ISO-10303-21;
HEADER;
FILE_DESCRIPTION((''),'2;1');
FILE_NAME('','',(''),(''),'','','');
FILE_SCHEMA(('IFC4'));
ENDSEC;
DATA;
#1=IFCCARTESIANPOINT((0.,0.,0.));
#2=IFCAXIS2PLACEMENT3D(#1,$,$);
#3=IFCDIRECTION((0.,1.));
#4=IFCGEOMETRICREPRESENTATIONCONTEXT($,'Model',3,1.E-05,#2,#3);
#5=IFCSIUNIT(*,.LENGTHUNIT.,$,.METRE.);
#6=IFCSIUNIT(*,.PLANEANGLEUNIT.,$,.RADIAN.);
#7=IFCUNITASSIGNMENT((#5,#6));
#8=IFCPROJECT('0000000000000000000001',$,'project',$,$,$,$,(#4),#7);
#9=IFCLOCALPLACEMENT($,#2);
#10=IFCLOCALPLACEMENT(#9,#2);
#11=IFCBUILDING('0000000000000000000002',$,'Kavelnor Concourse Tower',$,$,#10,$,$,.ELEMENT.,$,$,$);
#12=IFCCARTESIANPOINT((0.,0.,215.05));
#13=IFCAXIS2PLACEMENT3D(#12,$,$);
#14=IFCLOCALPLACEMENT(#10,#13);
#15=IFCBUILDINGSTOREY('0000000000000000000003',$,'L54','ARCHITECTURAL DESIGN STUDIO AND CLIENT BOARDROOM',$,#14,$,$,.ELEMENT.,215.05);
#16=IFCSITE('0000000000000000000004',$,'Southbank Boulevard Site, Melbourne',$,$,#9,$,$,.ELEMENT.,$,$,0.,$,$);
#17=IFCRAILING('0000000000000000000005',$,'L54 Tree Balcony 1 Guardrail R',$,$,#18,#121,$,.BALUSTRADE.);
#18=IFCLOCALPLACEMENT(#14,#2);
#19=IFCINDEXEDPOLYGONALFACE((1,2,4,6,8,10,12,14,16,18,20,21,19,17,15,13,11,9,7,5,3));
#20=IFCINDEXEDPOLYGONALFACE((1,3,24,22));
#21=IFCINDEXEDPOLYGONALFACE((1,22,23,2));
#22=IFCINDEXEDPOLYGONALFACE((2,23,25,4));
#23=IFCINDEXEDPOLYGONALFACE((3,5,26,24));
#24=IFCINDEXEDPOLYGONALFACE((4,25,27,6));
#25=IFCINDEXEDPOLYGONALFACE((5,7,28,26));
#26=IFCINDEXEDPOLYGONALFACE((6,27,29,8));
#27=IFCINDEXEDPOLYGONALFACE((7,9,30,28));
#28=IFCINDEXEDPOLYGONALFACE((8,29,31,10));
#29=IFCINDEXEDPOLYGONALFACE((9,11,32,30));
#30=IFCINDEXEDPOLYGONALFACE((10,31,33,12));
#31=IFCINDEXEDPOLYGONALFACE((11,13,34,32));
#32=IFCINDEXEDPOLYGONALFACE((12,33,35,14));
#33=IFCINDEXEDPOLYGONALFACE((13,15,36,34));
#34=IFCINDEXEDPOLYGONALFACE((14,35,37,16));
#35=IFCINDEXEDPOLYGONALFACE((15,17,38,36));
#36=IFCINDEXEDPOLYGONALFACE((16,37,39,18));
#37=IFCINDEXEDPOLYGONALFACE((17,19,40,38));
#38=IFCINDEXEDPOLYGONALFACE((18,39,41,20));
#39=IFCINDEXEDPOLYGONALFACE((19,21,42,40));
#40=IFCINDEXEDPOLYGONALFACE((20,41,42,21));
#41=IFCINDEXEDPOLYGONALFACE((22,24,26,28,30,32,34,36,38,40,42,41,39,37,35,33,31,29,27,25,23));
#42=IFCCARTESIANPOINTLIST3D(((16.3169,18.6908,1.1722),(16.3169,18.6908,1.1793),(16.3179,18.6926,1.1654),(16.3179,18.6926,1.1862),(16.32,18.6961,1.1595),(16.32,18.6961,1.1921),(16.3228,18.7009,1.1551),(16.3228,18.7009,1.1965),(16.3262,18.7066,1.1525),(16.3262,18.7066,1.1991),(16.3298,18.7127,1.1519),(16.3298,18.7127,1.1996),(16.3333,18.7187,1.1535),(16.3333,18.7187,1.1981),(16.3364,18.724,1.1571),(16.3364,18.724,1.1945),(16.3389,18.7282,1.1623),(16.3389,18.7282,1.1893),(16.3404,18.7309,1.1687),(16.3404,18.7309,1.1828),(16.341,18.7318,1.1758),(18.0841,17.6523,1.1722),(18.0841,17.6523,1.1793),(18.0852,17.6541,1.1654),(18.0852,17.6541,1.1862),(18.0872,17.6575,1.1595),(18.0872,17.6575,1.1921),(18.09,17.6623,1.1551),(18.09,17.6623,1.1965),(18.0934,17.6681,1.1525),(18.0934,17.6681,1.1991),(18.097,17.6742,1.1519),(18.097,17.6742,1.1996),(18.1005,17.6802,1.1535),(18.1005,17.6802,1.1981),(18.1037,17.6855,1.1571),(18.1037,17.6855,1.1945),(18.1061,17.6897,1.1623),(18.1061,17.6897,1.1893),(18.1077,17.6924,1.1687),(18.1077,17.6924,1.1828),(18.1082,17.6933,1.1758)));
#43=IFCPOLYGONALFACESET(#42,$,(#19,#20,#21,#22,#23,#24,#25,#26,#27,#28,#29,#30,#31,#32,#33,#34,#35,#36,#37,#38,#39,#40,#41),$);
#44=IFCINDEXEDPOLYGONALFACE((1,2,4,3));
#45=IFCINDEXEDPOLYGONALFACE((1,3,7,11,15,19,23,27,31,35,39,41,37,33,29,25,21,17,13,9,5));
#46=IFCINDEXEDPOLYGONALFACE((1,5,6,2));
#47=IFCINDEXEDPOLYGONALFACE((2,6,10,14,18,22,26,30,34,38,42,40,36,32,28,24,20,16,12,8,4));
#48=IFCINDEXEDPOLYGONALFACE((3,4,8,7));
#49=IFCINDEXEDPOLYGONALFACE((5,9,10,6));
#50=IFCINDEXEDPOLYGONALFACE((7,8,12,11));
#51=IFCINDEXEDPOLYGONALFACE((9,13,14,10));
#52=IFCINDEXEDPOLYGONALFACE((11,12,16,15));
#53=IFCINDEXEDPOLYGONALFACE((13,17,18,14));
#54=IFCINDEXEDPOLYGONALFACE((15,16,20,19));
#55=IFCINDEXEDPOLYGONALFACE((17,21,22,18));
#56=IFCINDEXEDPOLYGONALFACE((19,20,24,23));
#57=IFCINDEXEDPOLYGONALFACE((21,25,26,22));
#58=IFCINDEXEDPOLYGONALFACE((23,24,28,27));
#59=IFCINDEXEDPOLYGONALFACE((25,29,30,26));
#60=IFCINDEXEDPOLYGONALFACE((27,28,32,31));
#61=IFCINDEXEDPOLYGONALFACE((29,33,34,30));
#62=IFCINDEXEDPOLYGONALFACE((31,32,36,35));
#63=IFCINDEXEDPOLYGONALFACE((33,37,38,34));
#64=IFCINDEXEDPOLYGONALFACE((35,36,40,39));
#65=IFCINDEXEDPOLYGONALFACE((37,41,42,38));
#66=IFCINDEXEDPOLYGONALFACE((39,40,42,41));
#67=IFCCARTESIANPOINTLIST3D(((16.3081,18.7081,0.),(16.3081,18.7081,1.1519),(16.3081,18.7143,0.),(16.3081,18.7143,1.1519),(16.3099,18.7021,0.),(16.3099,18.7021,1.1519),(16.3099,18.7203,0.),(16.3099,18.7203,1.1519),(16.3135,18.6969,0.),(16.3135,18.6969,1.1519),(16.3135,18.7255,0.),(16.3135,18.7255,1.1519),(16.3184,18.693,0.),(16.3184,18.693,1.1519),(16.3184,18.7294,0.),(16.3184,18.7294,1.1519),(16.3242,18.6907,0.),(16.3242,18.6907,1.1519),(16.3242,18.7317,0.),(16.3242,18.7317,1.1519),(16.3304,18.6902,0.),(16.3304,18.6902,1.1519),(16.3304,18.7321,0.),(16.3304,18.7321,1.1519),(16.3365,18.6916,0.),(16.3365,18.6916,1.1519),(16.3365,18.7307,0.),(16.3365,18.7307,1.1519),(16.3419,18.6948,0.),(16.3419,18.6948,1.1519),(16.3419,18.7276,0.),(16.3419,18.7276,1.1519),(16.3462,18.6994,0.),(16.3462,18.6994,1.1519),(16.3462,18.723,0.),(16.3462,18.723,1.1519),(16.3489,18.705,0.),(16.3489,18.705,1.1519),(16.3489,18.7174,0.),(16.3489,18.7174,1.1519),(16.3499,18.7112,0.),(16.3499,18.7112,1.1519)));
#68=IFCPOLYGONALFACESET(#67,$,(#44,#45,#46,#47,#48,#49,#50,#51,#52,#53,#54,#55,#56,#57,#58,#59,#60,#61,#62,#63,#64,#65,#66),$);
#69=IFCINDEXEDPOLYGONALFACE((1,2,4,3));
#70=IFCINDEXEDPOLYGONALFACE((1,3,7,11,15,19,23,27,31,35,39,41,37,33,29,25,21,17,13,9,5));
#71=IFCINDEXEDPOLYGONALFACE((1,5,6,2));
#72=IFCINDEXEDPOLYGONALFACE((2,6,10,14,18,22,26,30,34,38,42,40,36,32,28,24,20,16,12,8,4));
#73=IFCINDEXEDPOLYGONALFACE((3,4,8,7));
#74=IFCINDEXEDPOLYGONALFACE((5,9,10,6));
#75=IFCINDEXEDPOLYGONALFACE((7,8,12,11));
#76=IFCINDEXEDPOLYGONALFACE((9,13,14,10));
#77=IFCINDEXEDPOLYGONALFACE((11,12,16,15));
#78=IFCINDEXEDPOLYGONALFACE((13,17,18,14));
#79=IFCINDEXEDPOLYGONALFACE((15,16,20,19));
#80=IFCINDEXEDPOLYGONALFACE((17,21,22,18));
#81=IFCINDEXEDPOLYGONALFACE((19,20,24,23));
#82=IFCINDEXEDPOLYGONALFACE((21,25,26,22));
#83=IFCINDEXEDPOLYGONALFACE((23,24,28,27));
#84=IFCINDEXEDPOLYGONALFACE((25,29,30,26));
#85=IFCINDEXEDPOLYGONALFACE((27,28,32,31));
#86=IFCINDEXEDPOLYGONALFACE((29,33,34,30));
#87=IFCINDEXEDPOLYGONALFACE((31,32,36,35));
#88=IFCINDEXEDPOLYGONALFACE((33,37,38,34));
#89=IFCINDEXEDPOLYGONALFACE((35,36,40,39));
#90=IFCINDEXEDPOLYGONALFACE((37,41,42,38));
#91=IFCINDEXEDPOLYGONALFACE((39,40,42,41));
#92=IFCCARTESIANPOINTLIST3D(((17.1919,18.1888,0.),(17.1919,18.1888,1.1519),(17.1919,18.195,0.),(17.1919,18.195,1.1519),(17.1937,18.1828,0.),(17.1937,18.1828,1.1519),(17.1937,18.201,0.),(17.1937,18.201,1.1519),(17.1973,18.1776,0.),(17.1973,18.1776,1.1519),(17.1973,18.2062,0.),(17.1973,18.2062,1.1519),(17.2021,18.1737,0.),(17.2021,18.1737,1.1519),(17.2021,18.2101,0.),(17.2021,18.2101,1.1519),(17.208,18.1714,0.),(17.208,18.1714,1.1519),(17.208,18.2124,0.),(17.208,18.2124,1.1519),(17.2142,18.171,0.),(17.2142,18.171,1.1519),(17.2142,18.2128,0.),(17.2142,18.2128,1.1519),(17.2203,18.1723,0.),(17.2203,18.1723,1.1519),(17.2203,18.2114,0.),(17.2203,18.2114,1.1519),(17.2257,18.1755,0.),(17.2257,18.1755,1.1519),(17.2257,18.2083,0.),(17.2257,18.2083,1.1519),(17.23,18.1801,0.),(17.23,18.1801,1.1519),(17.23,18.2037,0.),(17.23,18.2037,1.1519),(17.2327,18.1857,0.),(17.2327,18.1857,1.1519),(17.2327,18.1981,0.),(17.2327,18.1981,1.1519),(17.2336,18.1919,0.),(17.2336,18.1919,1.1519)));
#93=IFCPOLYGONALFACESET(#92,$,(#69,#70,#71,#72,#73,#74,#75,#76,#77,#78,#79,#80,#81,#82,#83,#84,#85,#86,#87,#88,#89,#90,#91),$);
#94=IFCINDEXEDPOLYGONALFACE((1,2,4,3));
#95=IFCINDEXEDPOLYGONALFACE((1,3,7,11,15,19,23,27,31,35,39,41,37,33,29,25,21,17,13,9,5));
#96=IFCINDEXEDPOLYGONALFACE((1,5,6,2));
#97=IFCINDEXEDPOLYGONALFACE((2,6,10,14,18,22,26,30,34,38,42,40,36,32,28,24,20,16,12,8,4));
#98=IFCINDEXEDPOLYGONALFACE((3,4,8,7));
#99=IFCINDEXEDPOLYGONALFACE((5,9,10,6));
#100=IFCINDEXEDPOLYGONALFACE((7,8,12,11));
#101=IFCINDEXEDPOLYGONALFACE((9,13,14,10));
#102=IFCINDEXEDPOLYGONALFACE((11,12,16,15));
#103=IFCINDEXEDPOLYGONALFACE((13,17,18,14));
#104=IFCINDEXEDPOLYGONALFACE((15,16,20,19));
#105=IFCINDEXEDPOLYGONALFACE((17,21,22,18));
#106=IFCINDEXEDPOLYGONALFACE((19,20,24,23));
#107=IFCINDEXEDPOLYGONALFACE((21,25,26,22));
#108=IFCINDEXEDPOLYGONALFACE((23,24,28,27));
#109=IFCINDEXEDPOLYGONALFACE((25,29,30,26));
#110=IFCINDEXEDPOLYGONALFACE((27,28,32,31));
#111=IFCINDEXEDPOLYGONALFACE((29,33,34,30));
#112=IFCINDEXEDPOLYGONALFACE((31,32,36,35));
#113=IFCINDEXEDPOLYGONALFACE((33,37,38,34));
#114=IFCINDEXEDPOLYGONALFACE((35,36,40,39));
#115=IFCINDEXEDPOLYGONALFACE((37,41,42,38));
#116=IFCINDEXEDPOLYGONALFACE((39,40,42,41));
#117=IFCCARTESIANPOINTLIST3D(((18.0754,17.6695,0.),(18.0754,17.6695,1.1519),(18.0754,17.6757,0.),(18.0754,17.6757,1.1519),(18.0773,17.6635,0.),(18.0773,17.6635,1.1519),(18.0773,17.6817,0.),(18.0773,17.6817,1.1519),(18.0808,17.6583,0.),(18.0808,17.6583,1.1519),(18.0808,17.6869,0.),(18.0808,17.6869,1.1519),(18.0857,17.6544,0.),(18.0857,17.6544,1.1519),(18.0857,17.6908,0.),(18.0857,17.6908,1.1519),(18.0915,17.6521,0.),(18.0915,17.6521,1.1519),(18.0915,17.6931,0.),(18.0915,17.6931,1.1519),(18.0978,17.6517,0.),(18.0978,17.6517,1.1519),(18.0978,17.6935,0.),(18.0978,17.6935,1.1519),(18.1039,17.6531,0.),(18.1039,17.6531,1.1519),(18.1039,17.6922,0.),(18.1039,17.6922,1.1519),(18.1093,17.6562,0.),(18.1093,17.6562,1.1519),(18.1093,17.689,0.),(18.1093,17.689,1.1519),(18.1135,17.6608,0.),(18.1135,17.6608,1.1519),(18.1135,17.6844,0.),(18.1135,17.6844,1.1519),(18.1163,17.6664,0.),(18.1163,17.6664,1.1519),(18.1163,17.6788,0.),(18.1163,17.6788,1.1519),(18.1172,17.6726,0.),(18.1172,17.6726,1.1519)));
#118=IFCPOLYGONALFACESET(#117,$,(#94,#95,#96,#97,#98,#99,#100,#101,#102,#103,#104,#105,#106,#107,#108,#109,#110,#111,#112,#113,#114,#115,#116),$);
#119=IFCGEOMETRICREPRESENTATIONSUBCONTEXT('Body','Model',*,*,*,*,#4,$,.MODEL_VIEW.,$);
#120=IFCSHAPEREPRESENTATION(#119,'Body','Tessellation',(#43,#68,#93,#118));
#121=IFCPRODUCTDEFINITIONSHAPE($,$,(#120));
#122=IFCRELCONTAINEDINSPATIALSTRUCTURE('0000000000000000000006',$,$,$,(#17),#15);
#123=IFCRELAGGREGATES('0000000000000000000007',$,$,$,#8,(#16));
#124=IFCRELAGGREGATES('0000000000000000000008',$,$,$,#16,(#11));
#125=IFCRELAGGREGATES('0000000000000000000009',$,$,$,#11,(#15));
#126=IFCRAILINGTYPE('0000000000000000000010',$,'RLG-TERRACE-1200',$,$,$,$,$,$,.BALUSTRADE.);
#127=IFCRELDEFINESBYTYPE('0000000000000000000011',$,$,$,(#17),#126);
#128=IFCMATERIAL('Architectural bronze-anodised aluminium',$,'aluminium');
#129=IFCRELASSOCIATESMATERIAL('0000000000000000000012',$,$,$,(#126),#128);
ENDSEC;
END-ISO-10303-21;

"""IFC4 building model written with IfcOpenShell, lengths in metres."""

from ifc_helpers import new_model, si_unit, direction, frame, origin, origin_2d, place, context, subcontext, project, spatial, circle, extrude, material, type_object, element, save


model = new_model("IFC4")

# Units and contexts
model_context = context("Model", 3, precision=1e-05, world=origin(), true_north=direction((0.0, 1.0)))
body_context = subcontext(model_context, "Body", "Model", "MODEL_VIEW")
ifc_project = project(units=[si_unit("LENGTHUNIT", "METRE"), si_unit("PLANEANGLEUNIT", "RADIAN")], contexts=[model_context])

# Site, building, storey
site_placement = place(None, origin())
site = spatial("IfcSite", under=ifc_project, at=site_placement, Name="Southbank Boulevard Site, Melbourne", CompositionType="ELEMENT", RefElevation=0.0)
building_placement = place(site_placement, origin())
building = spatial("IfcBuilding", under=site, at=building_placement, Name="Kavelnor Concourse Tower", CompositionType="ELEMENT")
storey_placement = place(building_placement, frame((0.0, 0.0, 215.05)))
storey = spatial("IfcBuildingStorey", under=building, at=storey_placement, Name="L54", Description="ARCHITECTURAL DESIGN STUDIO AND CLIENT BOARDROOM", CompositionType="ELEMENT", Elevation=215.05)

# Railing
ifc_material_1 = material(Name="Architectural bronze-anodised aluminium", Category="aluminium")
railing_type = type_object("IfcRailingType", Name="RLG-TERRACE-1200", PredefinedType="BALUSTRADE", material=ifc_material_1)
railing_1_placement = place(storey_placement, frame((16.3289, 18.7112, 0.0)))
element("IfcRailing", 1, at=railing_1_placement, inside=storey, type_object=railing_type, Name="L54 Tree Balcony 1 Guardrail R", PredefinedType="BALUSTRADE", context=body_context, shape_type="SweptSolid", body=[
    extrude(circle(Radius=0.0239, at=origin_2d()), frame((0.0, 0.0, 1.1758), z_axis=(0.862155, -0.506645, 0.0), x_axis=(0.506645, 0.862155, 0.0)), (0.0, 0.0, 1.0), 2.0498),
    extrude(circle(Radius=0.021, at=origin_2d()), origin(), (0.0, 0.0, 1.0), 1.1519),
    extrude(circle(Radius=0.021, at=origin_2d()), frame((0.8838, -0.5193, 0.0)), (0.0, 0.0, 1.0), 1.1519),
    extrude(circle(Radius=0.021, at=origin_2d()), frame((1.7673, -1.0386, 0.0)), (0.0, 0.0, 1.0), 1.1519),
])

save(model, "model.ifc")
